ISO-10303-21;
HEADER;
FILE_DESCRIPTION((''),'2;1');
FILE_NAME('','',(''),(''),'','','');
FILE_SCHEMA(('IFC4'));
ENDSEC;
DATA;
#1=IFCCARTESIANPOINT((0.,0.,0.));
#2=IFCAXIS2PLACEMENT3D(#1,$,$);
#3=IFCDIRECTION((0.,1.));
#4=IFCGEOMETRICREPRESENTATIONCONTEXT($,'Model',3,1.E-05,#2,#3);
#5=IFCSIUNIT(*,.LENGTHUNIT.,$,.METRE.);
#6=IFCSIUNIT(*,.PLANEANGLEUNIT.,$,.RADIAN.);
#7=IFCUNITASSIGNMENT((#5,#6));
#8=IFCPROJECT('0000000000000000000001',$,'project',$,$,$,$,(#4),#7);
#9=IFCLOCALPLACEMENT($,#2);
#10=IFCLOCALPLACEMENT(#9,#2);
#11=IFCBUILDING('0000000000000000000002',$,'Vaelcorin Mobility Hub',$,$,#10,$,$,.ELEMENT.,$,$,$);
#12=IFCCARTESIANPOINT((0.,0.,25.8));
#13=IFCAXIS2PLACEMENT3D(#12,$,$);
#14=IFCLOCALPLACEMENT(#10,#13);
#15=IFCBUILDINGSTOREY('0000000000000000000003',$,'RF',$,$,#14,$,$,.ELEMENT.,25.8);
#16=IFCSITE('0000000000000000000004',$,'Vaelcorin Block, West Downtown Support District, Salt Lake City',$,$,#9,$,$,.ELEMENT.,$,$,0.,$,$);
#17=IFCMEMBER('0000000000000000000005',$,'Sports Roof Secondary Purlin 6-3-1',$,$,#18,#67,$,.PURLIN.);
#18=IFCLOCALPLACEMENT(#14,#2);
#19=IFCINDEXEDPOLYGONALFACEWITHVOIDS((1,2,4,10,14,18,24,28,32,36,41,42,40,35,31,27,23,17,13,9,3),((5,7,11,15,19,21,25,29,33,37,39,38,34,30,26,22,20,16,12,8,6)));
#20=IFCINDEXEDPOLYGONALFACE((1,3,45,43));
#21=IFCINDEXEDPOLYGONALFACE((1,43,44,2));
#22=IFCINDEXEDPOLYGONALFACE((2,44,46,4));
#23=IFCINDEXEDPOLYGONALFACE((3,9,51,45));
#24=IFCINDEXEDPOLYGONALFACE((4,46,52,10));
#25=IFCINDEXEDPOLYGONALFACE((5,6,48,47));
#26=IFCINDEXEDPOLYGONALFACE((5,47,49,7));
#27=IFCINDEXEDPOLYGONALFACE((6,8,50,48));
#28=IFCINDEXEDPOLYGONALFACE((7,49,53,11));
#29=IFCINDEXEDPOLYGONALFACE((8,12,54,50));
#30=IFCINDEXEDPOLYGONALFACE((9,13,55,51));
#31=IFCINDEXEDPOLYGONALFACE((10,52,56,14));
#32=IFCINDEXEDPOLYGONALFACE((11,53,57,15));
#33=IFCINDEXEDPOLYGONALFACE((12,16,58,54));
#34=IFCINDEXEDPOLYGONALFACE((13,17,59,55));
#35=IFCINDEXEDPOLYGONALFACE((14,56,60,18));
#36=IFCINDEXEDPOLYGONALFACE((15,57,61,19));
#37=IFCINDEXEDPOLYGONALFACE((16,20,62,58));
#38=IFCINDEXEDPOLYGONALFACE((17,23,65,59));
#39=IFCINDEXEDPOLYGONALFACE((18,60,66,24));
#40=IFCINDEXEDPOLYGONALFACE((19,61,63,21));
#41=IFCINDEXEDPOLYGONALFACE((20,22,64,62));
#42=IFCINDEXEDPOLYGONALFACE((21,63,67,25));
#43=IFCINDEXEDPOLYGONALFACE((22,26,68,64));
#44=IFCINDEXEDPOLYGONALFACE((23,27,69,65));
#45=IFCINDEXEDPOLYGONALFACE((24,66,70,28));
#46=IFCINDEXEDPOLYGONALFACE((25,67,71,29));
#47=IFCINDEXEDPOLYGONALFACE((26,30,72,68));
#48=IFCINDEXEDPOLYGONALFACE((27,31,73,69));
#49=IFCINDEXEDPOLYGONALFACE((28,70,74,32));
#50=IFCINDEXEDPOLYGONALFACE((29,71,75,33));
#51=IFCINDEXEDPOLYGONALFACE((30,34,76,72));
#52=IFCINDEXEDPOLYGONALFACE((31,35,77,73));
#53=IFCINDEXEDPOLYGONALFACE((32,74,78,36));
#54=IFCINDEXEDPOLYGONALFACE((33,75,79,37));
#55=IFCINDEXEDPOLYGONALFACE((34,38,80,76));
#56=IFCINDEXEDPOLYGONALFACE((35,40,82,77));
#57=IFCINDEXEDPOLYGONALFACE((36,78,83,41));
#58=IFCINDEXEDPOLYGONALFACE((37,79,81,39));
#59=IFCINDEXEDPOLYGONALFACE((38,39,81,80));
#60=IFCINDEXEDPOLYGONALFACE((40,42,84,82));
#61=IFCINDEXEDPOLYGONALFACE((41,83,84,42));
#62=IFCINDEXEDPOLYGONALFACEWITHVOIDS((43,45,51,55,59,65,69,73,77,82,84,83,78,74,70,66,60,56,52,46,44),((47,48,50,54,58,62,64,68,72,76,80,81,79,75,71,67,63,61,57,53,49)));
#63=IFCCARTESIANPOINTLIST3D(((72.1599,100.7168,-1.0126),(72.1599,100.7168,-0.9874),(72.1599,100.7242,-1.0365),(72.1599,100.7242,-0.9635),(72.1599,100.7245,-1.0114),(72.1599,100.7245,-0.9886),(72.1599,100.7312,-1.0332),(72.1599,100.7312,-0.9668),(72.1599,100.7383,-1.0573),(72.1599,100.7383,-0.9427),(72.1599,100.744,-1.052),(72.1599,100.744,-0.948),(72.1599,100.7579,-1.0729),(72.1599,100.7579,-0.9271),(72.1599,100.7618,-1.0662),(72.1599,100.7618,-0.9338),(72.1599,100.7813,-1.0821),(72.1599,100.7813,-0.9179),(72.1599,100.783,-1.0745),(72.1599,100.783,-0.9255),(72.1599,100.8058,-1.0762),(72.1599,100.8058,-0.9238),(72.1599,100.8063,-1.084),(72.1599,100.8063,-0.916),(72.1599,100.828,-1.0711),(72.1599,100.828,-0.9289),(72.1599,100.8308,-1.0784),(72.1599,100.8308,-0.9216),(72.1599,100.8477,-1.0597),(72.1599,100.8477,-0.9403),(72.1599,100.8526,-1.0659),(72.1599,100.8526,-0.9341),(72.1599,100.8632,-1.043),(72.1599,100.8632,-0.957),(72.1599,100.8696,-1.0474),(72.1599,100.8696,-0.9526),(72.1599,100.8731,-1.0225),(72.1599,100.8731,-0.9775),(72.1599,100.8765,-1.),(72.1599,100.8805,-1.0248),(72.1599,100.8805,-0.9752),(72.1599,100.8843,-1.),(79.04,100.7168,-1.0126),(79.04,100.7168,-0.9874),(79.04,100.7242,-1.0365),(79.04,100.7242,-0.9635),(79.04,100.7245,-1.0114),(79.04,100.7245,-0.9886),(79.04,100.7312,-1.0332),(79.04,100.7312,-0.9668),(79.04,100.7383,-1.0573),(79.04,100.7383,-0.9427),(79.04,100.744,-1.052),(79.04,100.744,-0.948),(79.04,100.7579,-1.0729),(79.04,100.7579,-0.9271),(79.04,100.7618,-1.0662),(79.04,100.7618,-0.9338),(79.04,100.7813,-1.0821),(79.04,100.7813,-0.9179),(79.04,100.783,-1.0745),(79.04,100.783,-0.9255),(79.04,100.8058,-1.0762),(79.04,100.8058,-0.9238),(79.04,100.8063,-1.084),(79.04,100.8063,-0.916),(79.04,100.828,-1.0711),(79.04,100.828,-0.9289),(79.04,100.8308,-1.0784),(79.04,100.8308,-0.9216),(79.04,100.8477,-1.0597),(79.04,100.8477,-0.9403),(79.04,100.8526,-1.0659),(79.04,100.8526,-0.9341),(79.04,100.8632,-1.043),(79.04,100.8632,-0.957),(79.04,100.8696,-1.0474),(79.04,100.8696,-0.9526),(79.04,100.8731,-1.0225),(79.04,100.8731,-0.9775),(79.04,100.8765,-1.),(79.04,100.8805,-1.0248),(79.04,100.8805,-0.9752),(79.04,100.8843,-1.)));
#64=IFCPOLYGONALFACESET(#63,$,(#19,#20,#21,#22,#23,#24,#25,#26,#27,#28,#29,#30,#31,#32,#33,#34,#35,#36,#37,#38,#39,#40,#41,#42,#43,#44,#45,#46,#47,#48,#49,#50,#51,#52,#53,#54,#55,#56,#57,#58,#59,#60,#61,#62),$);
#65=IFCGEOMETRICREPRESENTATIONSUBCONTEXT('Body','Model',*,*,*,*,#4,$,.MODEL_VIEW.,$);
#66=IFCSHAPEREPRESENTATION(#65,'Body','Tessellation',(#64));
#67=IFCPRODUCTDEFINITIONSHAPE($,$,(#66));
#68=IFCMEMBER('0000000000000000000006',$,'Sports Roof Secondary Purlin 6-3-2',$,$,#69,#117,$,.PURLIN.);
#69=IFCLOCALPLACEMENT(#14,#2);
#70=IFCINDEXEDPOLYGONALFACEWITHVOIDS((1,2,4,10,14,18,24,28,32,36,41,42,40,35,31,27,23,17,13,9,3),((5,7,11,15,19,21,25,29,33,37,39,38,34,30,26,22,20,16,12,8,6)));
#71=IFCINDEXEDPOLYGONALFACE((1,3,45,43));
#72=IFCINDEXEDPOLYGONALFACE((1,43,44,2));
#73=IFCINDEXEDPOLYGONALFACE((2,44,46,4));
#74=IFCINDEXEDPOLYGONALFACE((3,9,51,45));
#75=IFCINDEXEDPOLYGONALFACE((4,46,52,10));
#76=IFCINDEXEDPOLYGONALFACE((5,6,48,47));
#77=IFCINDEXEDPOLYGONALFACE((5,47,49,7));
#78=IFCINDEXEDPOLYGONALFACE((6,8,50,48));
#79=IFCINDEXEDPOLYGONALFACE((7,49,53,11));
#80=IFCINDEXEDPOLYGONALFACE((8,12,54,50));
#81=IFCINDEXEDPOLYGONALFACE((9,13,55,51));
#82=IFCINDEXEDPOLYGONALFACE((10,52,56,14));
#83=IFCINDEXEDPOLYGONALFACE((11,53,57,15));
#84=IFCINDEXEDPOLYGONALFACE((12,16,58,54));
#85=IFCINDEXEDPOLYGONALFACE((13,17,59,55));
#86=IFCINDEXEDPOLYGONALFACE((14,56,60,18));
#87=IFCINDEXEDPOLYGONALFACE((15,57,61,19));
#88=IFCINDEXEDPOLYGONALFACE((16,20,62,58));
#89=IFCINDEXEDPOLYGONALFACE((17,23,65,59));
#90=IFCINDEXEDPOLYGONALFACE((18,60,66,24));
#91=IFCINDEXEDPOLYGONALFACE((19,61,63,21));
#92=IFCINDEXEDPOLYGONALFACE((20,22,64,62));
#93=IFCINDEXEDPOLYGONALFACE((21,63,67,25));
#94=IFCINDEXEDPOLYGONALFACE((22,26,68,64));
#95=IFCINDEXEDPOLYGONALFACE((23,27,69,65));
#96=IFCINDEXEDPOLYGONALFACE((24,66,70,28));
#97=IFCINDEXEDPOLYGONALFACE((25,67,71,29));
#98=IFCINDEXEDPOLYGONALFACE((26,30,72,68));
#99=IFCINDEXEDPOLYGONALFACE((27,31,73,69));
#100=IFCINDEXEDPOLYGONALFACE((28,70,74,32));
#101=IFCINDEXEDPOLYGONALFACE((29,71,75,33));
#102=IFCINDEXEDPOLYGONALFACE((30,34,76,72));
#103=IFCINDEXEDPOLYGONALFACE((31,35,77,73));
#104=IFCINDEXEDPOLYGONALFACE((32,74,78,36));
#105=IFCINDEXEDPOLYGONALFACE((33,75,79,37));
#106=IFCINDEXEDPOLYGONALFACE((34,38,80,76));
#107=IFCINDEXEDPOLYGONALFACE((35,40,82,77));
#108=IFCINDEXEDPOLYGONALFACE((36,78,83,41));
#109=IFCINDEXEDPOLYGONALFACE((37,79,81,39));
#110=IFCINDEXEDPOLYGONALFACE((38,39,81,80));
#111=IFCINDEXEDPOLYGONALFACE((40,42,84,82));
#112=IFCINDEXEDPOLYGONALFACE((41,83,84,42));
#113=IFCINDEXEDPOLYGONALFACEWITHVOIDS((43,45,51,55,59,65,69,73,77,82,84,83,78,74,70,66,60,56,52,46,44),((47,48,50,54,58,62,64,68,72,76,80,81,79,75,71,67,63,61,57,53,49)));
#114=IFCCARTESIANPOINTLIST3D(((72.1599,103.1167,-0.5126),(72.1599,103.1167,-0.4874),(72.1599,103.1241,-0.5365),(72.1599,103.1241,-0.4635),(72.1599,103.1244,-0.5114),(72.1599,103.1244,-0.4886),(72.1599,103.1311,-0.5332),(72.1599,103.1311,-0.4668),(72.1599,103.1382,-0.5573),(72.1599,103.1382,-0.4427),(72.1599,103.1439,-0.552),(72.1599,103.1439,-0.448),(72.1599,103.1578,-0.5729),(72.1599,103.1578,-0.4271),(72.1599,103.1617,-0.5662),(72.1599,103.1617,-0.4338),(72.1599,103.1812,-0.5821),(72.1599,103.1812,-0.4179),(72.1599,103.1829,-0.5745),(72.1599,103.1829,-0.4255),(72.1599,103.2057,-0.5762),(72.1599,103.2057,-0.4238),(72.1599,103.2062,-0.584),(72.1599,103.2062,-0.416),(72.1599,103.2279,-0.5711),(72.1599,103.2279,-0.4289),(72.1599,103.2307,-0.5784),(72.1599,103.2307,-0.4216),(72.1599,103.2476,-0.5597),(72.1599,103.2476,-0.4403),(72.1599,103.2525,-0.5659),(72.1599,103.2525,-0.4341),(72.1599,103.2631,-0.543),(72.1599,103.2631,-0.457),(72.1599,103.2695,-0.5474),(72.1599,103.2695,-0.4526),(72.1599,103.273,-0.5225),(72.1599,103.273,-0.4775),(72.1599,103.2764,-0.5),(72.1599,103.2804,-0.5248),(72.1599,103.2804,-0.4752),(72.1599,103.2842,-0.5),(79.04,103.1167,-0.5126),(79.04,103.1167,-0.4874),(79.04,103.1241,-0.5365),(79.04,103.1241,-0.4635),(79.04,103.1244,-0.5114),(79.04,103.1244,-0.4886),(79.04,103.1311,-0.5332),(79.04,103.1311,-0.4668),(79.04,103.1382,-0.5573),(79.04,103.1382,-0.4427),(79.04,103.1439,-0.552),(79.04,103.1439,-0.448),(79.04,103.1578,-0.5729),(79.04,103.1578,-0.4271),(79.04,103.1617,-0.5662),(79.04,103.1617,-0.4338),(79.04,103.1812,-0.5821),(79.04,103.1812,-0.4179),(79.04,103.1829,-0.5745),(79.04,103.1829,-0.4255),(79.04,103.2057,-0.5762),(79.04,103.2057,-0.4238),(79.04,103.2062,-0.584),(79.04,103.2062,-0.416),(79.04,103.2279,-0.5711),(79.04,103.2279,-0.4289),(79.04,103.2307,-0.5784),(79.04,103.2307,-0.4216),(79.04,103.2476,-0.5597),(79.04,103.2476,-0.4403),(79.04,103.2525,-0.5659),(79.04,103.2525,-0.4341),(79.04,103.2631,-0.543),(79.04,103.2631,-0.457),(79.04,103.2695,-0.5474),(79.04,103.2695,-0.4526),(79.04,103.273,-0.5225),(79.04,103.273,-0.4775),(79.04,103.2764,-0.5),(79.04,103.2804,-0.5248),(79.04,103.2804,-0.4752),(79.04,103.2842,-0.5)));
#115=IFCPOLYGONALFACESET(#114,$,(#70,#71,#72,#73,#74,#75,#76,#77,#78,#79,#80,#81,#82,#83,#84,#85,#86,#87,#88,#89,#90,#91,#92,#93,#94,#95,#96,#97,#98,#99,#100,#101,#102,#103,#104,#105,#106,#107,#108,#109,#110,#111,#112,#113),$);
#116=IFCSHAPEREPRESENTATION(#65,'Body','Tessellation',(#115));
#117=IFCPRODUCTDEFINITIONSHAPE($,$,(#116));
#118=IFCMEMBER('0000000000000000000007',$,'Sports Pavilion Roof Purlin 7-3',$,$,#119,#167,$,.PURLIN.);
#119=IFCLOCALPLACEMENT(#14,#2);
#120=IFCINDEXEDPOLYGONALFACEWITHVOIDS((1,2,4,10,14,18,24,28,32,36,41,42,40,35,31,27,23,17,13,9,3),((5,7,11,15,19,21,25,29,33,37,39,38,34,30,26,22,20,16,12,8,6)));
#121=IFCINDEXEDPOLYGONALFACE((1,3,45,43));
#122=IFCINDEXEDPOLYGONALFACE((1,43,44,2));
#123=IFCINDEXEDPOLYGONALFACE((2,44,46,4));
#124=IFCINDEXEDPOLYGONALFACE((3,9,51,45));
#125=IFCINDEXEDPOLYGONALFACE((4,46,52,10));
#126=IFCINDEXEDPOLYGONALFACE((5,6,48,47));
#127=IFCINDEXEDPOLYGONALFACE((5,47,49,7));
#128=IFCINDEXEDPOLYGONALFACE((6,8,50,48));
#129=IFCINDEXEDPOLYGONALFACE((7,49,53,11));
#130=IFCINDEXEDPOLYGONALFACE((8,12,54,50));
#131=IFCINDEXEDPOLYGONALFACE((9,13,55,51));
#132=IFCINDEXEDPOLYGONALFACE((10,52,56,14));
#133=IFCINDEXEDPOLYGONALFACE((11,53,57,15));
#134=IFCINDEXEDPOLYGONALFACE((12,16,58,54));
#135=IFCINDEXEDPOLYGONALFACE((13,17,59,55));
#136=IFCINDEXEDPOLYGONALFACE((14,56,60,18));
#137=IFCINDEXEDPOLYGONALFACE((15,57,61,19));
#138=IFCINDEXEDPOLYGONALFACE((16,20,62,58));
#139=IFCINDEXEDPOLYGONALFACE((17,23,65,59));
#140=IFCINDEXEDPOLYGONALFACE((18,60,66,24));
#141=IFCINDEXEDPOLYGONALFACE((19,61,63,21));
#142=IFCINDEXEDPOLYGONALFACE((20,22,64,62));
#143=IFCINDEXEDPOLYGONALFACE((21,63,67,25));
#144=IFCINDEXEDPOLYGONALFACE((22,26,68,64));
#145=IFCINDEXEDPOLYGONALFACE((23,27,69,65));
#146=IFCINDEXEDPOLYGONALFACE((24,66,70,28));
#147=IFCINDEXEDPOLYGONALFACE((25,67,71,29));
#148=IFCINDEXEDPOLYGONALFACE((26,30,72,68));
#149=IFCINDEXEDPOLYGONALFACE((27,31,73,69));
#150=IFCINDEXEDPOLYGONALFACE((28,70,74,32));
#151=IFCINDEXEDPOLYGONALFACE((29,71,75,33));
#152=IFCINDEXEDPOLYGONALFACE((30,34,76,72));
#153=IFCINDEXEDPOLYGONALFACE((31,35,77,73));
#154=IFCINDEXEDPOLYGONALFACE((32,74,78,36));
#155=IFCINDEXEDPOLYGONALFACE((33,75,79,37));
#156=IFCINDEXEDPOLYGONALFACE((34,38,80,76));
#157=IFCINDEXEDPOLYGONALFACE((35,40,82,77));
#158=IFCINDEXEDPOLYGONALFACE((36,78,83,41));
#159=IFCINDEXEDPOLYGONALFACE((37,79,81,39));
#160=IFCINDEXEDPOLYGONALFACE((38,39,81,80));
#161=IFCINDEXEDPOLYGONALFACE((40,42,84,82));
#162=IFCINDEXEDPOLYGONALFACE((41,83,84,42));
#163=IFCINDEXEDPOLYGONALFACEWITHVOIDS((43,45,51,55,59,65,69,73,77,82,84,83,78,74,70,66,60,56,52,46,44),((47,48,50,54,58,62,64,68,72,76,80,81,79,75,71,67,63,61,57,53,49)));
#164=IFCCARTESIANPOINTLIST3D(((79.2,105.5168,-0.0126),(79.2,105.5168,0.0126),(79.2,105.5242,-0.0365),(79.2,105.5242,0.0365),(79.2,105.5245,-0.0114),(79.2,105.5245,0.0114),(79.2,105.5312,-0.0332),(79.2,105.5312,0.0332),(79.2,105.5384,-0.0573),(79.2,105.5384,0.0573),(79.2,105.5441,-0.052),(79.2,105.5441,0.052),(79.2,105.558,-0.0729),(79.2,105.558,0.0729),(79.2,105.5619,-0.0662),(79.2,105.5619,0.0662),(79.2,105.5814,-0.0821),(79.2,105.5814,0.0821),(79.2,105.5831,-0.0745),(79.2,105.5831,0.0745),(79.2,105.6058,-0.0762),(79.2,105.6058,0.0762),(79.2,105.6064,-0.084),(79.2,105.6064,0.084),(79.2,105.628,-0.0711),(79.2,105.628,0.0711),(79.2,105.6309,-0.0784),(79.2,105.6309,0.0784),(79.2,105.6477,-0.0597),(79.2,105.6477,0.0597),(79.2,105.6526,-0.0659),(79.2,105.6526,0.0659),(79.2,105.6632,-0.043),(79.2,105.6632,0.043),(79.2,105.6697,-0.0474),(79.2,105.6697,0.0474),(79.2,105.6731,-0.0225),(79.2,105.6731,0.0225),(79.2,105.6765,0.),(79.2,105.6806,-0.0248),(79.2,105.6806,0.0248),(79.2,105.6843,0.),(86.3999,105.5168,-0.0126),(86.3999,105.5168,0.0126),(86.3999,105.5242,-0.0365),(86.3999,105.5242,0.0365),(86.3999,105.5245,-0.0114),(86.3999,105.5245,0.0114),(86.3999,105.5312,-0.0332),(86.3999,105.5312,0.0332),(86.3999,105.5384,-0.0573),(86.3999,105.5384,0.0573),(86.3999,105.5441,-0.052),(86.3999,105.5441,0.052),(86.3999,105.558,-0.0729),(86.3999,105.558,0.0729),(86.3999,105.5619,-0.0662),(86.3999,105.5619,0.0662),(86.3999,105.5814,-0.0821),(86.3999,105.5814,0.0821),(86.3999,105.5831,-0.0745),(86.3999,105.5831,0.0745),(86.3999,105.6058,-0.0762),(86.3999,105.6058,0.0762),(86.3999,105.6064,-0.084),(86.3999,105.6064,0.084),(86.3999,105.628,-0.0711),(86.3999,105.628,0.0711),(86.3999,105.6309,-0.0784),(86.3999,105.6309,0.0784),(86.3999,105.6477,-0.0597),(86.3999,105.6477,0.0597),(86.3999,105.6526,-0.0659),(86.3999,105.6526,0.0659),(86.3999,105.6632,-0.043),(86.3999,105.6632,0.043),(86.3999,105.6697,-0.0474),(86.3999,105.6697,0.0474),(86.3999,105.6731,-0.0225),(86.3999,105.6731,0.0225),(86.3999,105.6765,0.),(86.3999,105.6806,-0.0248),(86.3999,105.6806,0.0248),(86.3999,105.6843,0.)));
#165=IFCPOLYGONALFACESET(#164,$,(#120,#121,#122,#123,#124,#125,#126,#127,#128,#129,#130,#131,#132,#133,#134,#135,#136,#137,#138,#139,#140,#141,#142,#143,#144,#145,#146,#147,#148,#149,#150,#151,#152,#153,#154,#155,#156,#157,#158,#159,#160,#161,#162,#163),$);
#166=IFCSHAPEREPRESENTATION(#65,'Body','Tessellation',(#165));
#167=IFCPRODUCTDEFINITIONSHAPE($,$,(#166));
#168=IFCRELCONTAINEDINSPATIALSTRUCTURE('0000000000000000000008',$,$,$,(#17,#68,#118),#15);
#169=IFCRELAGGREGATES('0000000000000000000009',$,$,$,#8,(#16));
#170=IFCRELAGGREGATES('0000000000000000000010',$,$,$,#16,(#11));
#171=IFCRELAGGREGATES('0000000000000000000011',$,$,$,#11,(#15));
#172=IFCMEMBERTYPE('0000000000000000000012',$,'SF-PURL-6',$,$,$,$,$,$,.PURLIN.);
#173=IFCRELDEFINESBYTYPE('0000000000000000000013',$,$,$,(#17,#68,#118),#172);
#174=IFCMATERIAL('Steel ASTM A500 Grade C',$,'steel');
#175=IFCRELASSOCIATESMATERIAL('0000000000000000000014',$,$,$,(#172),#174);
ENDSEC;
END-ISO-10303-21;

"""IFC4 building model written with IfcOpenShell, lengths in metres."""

from ifc_helpers import new_model, si_unit, direction, frame, origin, origin_2d, place, context, subcontext, project, spatial, hollow_circle, extrude, material, material_profile, profile_set, type_object, element, save


model = new_model("IFC4")

# Units and contexts
model_context = context("Model", 3, precision=1e-05, world=origin(), true_north=direction((0.0, 1.0)))
body_context = subcontext(model_context, "Body", "Model", "MODEL_VIEW")
ifc_project = project(units=[si_unit("LENGTHUNIT", "METRE"), si_unit("PLANEANGLEUNIT", "RADIAN")], contexts=[model_context])

# Site, building, storey
site_placement = place(None, origin())
site = spatial("IfcSite", under=ifc_project, at=site_placement, Name="Vaelcorin Block, West Downtown Support District, Salt Lake City", CompositionType="ELEMENT", RefElevation=0.0)
building_placement = place(site_placement, origin())
building = spatial("IfcBuilding", under=site, at=building_placement, Name="Vaelcorin Mobility Hub", CompositionType="ELEMENT")
storey_placement = place(building_placement, frame((0.0, 0.0, 25.8)))
storey = spatial("IfcBuildingStorey", under=building, at=storey_placement, Name="RF", CompositionType="ELEMENT", Elevation=25.8)

# Members
ifc_material_1 = material(Name="Steel ASTM A500 Grade C", Category="steel")
ifc_material_profile_1 = material_profile(ifc_material_1, hollow_circle(Radius=0.0842, WallThickness=0.0078, at=origin_2d()), Name="HSS6.625X0.312")
ifc_profile_set_1 = profile_set([ifc_material_profile_1], Name="Steel ASTM A500 Grade C")
member_type_1 = type_object("IfcMemberType", Name="SF-PURL-6", PredefinedType="PURLIN", material=ifc_profile_set_1)
for number, where, z_axis, x_axis, name in (
    (1, (72.1599, 100.8, -1.0), (1.0, 0.0, 0.0), (0.0, 1.0, 0.0), "Sports Roof Secondary Purlin 6-3-1"),
    (2, (72.1599, 103.2, -0.5), (1.0, 0.0, 0.0), (0.0, 1.0, 0.0), "Sports Roof Secondary Purlin 6-3-2"),
):
    element("IfcMember", number, at=place(storey_placement, frame(where, z_axis=z_axis, x_axis=x_axis)), inside=storey, type_object=member_type_1, Name=name, PredefinedType="PURLIN", context=body_context, shape_type="SweptSolid", body=[
        extrude(hollow_circle(Radius=0.0842, WallThickness=0.0078, at=origin_2d()), origin(), (0.0, 0.0, 1.0), 6.8801),
    ])
member_1_placement = place(storey_placement, frame((79.2, 105.6001, 0.0), z_axis=(1.0, 0.0, 0.0), x_axis=(0.0, 1.0, 0.0)))
element("IfcMember", 3, at=member_1_placement, inside=storey, type_object=member_type_1, Name="Sports Pavilion Roof Purlin 7-3", PredefinedType="PURLIN", context=body_context, shape_type="SweptSolid", body=[
    extrude(hollow_circle(Radius=0.0842, WallThickness=0.0078, at=origin_2d()), origin(), (0.0, 0.0, 1.0), 7.2),
])

save(model, "model.ifc")
